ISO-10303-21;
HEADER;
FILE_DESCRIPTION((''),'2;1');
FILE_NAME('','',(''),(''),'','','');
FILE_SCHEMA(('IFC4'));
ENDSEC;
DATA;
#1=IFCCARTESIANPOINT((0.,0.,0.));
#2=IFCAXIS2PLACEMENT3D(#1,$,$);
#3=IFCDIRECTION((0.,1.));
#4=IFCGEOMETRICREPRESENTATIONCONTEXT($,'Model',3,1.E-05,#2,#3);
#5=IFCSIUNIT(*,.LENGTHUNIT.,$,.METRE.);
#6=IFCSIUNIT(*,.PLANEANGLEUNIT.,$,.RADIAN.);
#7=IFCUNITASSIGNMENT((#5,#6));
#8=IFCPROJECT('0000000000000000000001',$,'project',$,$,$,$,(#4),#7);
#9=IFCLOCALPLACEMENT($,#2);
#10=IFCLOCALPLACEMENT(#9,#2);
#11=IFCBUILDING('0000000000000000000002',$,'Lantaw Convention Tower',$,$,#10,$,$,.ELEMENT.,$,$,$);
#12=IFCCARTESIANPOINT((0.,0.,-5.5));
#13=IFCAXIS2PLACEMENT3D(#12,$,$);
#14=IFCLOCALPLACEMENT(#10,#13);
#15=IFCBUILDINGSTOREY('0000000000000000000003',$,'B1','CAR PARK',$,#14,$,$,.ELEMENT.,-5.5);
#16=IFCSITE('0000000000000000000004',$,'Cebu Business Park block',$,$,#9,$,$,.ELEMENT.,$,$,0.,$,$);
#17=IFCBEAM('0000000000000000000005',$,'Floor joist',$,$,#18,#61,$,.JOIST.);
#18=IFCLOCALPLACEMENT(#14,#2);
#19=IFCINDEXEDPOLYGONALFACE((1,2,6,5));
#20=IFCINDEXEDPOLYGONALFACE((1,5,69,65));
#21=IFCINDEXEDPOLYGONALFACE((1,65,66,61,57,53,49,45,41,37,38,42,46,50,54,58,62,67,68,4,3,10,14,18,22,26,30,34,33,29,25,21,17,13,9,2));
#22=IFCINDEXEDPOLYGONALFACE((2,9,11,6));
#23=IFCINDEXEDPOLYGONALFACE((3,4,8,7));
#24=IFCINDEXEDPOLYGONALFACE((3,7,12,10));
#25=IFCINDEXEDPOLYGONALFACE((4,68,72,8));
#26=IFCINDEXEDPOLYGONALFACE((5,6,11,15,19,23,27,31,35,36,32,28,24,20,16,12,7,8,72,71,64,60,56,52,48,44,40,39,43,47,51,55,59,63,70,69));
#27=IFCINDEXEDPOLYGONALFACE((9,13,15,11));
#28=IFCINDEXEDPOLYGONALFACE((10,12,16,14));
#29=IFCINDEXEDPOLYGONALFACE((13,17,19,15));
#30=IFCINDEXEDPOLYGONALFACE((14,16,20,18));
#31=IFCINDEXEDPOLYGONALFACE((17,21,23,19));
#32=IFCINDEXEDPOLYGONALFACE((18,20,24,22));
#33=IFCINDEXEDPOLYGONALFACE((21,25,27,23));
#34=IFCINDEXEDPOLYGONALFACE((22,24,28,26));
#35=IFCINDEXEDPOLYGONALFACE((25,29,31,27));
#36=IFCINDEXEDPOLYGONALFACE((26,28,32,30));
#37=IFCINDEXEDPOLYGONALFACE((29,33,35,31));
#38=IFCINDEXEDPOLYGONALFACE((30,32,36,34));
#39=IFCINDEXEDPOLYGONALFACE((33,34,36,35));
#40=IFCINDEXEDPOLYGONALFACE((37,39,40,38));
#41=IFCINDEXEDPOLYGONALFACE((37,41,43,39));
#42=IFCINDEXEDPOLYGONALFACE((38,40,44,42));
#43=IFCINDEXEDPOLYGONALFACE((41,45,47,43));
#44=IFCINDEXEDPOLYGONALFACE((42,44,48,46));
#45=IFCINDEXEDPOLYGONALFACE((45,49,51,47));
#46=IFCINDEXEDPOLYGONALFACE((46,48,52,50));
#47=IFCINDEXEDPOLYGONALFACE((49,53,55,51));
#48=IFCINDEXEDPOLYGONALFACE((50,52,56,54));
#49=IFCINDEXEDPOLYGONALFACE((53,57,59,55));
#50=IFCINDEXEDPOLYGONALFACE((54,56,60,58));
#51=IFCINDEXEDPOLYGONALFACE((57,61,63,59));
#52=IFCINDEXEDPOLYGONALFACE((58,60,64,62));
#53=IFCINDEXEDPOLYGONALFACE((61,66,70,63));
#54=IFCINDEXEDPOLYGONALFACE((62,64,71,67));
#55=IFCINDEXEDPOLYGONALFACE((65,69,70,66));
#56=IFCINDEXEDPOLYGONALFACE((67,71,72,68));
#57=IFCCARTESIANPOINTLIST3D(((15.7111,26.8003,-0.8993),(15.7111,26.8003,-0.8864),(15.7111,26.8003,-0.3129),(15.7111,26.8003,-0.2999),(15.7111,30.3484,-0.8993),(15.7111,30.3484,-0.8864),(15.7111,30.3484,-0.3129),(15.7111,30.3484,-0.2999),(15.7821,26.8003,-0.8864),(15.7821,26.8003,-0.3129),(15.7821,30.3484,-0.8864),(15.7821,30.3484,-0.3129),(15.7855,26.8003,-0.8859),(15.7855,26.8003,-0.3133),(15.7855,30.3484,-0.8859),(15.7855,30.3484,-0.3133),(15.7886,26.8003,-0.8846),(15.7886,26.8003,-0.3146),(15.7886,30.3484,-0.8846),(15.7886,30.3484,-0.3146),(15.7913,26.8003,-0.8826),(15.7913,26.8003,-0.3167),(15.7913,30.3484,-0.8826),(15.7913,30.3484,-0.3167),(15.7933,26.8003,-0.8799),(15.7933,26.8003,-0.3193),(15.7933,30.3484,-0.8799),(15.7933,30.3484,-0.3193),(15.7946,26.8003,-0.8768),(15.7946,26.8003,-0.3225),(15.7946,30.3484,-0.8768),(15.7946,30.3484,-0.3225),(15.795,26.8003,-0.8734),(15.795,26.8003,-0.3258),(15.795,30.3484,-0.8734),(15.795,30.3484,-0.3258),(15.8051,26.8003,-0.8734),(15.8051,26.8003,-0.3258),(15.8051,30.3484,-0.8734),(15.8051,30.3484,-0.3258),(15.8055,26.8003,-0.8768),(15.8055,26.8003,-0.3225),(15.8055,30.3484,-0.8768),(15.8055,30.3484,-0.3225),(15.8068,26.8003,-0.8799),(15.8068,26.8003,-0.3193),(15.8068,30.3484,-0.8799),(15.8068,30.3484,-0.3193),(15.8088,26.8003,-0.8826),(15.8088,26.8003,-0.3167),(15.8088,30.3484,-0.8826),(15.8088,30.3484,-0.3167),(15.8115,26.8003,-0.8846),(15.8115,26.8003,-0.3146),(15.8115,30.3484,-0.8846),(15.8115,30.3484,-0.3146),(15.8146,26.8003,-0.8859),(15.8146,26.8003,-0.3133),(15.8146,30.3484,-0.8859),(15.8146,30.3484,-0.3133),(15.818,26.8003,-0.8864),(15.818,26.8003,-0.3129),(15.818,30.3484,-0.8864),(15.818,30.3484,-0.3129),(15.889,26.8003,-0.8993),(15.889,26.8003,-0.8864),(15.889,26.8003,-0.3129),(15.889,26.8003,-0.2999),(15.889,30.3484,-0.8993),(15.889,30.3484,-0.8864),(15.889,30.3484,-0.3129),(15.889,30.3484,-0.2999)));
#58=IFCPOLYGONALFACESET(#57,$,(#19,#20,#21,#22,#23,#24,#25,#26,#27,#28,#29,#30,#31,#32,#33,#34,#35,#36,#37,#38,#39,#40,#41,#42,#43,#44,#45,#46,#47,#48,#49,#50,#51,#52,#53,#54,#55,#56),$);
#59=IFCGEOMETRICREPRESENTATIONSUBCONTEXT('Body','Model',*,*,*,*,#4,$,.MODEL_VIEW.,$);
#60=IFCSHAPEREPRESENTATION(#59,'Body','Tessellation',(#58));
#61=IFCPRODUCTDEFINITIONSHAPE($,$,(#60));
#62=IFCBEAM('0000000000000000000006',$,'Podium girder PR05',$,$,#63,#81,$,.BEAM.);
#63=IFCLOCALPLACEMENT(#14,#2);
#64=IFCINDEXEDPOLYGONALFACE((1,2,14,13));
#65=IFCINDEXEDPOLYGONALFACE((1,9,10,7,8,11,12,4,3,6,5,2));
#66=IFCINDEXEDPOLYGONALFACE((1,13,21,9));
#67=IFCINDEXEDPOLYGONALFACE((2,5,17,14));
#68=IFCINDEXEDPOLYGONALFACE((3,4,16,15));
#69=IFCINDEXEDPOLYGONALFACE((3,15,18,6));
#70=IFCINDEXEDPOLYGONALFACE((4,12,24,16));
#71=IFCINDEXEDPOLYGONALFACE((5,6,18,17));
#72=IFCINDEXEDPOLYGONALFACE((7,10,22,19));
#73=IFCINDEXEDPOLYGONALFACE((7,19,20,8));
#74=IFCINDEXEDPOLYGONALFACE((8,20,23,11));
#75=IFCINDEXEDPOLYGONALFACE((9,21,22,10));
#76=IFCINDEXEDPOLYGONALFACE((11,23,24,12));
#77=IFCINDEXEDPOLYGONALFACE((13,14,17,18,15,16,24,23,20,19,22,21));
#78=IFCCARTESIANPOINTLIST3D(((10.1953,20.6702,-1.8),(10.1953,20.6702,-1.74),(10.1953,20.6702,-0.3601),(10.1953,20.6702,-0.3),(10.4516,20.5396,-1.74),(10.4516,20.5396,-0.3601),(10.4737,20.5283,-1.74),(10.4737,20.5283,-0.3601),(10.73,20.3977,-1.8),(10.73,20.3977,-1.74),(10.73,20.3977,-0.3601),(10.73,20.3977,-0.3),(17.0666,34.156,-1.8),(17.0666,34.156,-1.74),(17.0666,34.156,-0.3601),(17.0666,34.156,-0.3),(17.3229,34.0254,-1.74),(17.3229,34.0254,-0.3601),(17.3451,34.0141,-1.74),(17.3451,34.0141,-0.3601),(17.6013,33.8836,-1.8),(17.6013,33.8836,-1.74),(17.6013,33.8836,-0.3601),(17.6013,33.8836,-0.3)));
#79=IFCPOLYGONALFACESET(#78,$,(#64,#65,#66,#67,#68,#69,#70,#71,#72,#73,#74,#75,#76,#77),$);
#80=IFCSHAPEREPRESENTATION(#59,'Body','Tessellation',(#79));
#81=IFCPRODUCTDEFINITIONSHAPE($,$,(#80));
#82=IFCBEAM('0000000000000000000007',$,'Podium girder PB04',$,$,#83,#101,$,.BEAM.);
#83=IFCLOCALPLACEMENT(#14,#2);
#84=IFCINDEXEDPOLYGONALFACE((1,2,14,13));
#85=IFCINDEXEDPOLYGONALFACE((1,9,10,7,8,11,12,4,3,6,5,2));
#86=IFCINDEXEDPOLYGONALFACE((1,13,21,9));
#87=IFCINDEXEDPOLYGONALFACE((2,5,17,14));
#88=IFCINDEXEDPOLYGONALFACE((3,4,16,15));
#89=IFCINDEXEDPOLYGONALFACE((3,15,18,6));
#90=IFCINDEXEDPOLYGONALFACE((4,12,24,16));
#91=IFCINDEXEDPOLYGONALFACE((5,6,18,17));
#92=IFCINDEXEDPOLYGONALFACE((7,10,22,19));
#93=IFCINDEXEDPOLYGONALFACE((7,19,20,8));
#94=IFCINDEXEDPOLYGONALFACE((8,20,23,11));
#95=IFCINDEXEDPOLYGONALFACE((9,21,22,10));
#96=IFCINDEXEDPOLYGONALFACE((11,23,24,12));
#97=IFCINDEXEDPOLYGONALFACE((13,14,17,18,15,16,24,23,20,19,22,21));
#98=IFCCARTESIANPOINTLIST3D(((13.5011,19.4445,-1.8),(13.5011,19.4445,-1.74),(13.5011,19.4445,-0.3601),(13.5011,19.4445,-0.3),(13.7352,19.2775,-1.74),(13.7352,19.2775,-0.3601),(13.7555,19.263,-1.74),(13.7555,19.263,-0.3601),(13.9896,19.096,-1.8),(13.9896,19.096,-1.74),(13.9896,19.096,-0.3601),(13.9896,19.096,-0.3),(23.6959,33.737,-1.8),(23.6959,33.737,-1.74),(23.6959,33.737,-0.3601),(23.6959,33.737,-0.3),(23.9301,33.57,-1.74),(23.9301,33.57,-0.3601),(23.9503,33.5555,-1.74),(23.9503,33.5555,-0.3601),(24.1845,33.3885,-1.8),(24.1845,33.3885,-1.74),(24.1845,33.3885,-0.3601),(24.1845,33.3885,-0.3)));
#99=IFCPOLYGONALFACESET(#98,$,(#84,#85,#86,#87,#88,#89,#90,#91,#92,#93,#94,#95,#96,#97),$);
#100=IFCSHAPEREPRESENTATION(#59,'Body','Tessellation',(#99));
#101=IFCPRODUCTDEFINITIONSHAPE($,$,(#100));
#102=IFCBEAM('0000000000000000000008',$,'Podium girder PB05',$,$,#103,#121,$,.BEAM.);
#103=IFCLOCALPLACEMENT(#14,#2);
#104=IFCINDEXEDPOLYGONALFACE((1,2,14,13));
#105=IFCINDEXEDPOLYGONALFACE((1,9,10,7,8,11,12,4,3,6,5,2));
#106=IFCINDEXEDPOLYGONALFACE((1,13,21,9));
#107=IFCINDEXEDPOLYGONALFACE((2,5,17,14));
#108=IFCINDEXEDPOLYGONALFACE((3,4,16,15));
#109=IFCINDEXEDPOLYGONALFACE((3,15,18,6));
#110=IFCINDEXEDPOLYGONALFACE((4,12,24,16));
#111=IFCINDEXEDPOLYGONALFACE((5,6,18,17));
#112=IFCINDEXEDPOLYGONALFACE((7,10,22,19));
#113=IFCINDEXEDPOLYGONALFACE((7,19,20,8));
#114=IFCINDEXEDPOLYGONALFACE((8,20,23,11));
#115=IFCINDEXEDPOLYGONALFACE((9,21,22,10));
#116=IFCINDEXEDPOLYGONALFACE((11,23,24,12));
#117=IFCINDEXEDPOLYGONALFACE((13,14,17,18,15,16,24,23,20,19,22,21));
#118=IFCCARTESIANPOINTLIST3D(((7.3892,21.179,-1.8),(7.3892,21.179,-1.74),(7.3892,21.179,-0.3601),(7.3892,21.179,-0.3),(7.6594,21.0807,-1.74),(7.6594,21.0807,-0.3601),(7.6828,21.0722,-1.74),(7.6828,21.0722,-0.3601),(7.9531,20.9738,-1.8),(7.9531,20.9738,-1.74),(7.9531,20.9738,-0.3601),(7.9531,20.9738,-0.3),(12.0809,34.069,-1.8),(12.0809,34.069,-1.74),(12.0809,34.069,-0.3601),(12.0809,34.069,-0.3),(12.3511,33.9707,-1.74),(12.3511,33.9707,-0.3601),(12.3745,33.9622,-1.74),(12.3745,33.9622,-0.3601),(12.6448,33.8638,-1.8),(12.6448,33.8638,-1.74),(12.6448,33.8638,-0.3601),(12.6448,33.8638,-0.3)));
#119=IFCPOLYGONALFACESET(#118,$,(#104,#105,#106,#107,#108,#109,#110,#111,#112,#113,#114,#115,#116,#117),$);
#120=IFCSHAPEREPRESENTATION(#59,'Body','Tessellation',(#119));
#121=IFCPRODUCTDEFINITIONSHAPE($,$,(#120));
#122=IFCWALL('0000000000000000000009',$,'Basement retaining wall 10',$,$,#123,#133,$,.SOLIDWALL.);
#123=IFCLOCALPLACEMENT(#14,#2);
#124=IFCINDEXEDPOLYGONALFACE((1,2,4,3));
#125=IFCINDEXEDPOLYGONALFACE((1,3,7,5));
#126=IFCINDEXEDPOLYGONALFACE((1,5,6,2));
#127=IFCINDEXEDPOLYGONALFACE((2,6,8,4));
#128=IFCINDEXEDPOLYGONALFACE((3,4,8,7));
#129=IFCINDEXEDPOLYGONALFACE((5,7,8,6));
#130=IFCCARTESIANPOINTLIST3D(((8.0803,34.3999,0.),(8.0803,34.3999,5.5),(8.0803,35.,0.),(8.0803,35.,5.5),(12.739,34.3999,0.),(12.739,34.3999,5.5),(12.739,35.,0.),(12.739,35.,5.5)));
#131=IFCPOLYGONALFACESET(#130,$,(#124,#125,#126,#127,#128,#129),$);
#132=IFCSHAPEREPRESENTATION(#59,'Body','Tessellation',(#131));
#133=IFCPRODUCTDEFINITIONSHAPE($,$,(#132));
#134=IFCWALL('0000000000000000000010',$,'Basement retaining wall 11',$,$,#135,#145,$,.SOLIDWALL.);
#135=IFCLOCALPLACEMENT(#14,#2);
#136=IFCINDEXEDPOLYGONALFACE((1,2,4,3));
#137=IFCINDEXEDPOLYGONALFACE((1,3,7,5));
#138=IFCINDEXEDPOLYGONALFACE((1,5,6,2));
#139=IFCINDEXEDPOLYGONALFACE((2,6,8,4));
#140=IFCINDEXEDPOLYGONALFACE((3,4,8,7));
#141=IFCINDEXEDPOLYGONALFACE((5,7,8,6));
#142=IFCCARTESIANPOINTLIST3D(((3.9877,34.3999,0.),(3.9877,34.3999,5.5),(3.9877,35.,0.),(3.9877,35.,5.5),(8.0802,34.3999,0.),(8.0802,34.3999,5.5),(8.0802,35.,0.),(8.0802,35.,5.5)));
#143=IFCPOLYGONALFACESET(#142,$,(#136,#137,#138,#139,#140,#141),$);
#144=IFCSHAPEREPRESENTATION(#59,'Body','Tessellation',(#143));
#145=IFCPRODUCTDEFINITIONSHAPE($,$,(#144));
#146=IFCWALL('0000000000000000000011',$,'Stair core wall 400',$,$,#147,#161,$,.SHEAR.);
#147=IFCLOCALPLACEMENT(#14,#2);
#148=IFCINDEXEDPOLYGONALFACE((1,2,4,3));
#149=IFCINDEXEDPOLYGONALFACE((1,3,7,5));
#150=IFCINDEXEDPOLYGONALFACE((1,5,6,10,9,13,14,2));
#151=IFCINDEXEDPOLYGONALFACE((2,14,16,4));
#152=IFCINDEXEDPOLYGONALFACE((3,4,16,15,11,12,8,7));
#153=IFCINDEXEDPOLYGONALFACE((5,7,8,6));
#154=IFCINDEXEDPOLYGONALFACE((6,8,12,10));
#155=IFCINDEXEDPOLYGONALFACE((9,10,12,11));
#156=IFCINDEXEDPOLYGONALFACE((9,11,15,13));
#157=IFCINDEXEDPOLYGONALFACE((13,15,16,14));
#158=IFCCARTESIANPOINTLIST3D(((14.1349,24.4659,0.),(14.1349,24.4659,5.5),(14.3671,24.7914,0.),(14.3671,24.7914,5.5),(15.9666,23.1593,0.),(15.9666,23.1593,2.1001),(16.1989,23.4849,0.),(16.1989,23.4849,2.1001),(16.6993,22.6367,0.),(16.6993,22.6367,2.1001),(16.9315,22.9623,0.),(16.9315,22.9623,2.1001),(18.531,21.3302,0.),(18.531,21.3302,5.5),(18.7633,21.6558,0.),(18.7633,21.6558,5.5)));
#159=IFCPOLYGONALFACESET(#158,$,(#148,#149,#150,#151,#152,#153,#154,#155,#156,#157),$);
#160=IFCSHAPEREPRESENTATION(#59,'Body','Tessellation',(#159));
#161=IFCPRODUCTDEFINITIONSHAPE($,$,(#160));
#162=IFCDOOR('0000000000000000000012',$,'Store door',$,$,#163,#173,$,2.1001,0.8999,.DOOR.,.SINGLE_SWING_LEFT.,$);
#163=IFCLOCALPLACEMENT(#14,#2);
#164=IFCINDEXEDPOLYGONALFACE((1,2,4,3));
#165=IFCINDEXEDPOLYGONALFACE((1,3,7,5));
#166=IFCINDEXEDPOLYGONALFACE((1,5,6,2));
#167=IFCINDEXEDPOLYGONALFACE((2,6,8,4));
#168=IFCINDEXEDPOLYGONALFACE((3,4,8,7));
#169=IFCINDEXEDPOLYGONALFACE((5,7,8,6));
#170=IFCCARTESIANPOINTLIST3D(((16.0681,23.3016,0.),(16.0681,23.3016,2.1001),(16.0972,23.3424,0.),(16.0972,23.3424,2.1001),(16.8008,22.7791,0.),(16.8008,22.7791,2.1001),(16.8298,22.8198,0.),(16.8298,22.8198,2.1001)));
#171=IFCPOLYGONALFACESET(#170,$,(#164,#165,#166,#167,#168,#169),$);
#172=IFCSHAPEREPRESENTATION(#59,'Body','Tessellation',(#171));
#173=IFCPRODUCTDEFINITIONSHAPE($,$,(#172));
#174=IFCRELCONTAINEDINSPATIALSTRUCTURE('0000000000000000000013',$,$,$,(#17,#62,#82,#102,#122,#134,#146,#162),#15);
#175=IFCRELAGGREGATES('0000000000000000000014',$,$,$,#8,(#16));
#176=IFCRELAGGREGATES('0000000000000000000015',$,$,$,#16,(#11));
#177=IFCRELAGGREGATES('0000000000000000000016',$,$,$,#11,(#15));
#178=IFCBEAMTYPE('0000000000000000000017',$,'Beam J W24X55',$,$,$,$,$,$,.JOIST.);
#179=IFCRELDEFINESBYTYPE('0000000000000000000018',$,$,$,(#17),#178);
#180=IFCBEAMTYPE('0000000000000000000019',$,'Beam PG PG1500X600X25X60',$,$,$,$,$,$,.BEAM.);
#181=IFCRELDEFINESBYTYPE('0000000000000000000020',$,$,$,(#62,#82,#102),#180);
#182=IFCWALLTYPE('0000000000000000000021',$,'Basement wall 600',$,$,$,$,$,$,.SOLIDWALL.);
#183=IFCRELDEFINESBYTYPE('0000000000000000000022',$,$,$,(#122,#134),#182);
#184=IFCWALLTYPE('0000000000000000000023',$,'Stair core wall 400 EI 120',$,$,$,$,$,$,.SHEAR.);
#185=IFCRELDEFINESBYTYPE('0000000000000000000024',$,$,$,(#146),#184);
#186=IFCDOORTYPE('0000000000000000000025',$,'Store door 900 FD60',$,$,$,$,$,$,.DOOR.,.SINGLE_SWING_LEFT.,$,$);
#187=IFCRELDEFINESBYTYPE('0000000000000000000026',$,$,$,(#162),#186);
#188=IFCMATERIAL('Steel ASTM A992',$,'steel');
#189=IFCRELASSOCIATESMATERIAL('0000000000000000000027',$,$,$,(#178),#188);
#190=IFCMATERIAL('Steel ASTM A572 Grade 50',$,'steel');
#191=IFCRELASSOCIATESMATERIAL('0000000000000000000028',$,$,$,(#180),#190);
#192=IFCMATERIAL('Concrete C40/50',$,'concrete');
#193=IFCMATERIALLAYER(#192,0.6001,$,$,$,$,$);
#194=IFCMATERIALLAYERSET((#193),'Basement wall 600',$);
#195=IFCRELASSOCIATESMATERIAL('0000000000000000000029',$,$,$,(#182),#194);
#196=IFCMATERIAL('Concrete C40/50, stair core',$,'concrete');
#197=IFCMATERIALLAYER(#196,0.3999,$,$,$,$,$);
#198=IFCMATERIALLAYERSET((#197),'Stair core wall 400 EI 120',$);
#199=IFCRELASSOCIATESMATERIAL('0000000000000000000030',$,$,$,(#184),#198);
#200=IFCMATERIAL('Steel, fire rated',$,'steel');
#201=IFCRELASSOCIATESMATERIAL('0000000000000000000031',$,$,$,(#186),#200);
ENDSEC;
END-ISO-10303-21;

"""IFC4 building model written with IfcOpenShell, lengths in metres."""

from ifc_helpers import new_model, si_unit, direction, frame, frame_2d, origin, origin_2d, place, context, subcontext, project, spatial, rectangle, i_section, extrude, material, layer, layer_set, material_profile, profile_set, type_object, element, fill, save


model = new_model("IFC4")

# Units and contexts
model_context = context("Model", 3, precision=1e-05, world=origin(), true_north=direction((0.0, 1.0)))
body_context = subcontext(model_context, "Body", "Model", "MODEL_VIEW")
ifc_project = project(units=[si_unit("LENGTHUNIT", "METRE"), si_unit("PLANEANGLEUNIT", "RADIAN")], contexts=[model_context])

# Site, building, storey
site_placement = place(None, origin())
site = spatial("IfcSite", under=ifc_project, at=site_placement, Name="Cebu Business Park block", CompositionType="ELEMENT", RefElevation=0.0)
building_placement = place(site_placement, origin())
building = spatial("IfcBuilding", under=site, at=building_placement, Name="Lantaw Convention Tower", CompositionType="ELEMENT")
storey_placement = place(building_placement, frame((0.0, 0.0, -5.5)))
storey = spatial("IfcBuildingStorey", under=building, at=storey_placement, Name="B1", Description="CAR PARK", CompositionType="ELEMENT", Elevation=-5.5)

# Shared definitions
ifc_material_1 = material(Name="Steel ASTM A572 Grade 50", Category="steel")

# Beams
ifc_material_2 = material(Name="Steel ASTM A992", Category="steel")
ifc_material_profile_1 = material_profile(ifc_material_2, i_section(OverallWidth=0.178, OverallDepth=0.5994, WebThickness=0.01, FlangeThickness=0.0129, FilletRadius=0.0129, at=origin_2d()), Name="W24X55")
ifc_profile_set_1 = profile_set([ifc_material_profile_1], Name="Steel ASTM A992")
beam_type_1 = type_object("IfcBeamType", Name="Beam J W24X55", PredefinedType="JOIST", material=ifc_profile_set_1)
beam_1_placement = place(storey_placement, frame((15.8, 26.8003, -0.5996), z_axis=(0.0, 1.0, 0.0), x_axis=(-1.0, 0.0, 0.0)))
element("IfcBeam", 1, at=beam_1_placement, inside=storey, type_object=beam_type_1, Name="Floor joist", PredefinedType="JOIST", context=body_context, shape_type="SweptSolid", body=[
    extrude(i_section(OverallWidth=0.178, OverallDepth=0.5994, WebThickness=0.01, FlangeThickness=0.0129, FilletRadius=0.0129, at=origin_2d()), origin(), (0.0, 0.0, 1.0), 3.5481),
])
ifc_material_profile_2 = material_profile(ifc_material_1, i_section(OverallWidth=0.6001, OverallDepth=1.5, WebThickness=0.0249, FlangeThickness=0.0601, at=origin_2d()), Name="PG1500X600X25X60")
ifc_profile_set_2 = profile_set([ifc_material_profile_2], Name="Steel ASTM A572 Grade 50")
beam_type_2 = type_object("IfcBeamType", Name="Beam PG PG1500X600X25X60", PredefinedType="BEAM", material=ifc_profile_set_2)
beam_2_placement = place(storey_placement, frame((10.4626, 20.5339, -1.05), z_axis=(0.453988, 0.891008, 0.0), x_axis=(-0.891008, 0.453988, 0.0)))
element("IfcBeam", 2, at=beam_2_placement, inside=storey, type_object=beam_type_2, Name="Podium girder PR05", PredefinedType="BEAM", context=body_context, shape_type="SweptSolid", body=[
    extrude(i_section(OverallWidth=0.6001, OverallDepth=1.5, WebThickness=0.0249, FlangeThickness=0.0601, at=origin_2d()), origin(), (0.0, 0.0, 1.0), 15.1355),
])
beam_3_placement = place(storey_placement, frame((13.7454, 19.2703, -1.05), z_axis=(0.580707, 0.814113, 0.0), x_axis=(-0.814113, 0.580707, 0.0)))
element("IfcBeam", 3, at=beam_3_placement, inside=storey, type_object=beam_type_2, Name="Podium girder PB04", PredefinedType="BEAM", context=body_context, shape_type="SweptSolid", body=[
    extrude(i_section(OverallWidth=0.6001, OverallDepth=1.5, WebThickness=0.0249, FlangeThickness=0.0601, at=origin_2d()), origin(), (0.0, 0.0, 1.0), 17.5559),
])
beam_4_placement = place(storey_placement, frame((7.6711, 21.0764, -1.05), z_axis=(0.342027, 0.93969, 0.0), x_axis=(-0.93969, 0.342027, 0.0)))
element("IfcBeam", 4, at=beam_4_placement, inside=storey, type_object=beam_type_2, Name="Podium girder PB05", PredefinedType="BEAM", context=body_context, shape_type="SweptSolid", body=[
    extrude(i_section(OverallWidth=0.6001, OverallDepth=1.5, WebThickness=0.0249, FlangeThickness=0.0601, at=origin_2d()), origin(), (0.0, 0.0, 1.0), 13.7173),
])

# Walls
ifc_material_3 = material(Name="Concrete C40/50", Category="concrete")
ifc_layer_1 = layer(ifc_material_3, 0.6001)
ifc_layer_set_1 = layer_set([ifc_layer_1], Name="Basement wall 600")
wall_type_1 = type_object("IfcWallType", Name="Basement wall 600", PredefinedType="SOLIDWALL", material=ifc_layer_set_1)
wall_1_placement = place(storey_placement, frame((12.739, 34.7, 0.0), z_axis=(0.0, 0.0, 1.0), x_axis=(-1.0, 0.0, 0.0)))
element("IfcWall", 5, at=wall_1_placement, inside=storey, type_object=wall_type_1, Name="Basement retaining wall 10", PredefinedType="SOLIDWALL", context=body_context, shape_type="SweptSolid", body=[
    extrude(rectangle(XDim=4.6587, YDim=0.6001, at=frame_2d((2.3293, 0.0))), origin(), (0.0, 0.0, 1.0), 5.5),
])
wall_2_placement = place(storey_placement, frame((8.0803, 34.7, 0.0), z_axis=(0.0, 0.0, 1.0), x_axis=(-1.0, 0.0, 0.0)))
element("IfcWall", 6, at=wall_2_placement, inside=storey, type_object=wall_type_1, Name="Basement retaining wall 11", PredefinedType="SOLIDWALL", context=body_context, shape_type="SweptSolid", body=[
    extrude(rectangle(XDim=4.0925, YDim=0.6001, at=frame_2d((2.0464, 0.0))), origin(), (0.0, 0.0, 1.0), 5.5),
])

# Wall, opening, door
ifc_material_4 = material(Name="Concrete C40/50, stair core", Category="concrete")
ifc_layer_2 = layer(ifc_material_4, 0.3999)
ifc_layer_set_2 = layer_set([ifc_layer_2], Name="Stair core wall 400 EI 120")
wall_type_2 = type_object("IfcWallType", Name="Stair core wall 400 EI 120", PredefinedType="SHEAR", material=ifc_layer_set_2)
wall_3_placement = place(storey_placement, frame((14.251, 24.6287, 0.0), z_axis=(0.0, 0.0, 1.0), x_axis=(0.814121, -0.580695, 0.0)))
wall_3 = element("IfcWall", 7, at=wall_3_placement, inside=storey, type_object=wall_type_2, Name="Stair core wall 400", PredefinedType="SHEAR", context=body_context, shape_type="SweptSolid", body=[
    extrude(rectangle(XDim=5.3999, YDim=0.3999, at=frame_2d((2.7, 0.0))), origin(), (0.0, 0.0, 1.0), 5.5),
])
opening_1_placement = place(wall_3_placement, frame((2.25, 0.0, 0.0)))
opening_1 = element("IfcOpeningElement", 8, at=opening_1_placement, cuts=wall_3, PredefinedType="OPENING", context=body_context, shape_type="SweptSolid", body=[
    extrude(rectangle(XDim=0.8999, YDim=2.1001, at=frame_2d((0.45, 1.05))), frame((0.0, 0.21, 0.0), z_axis=(0.0, -1.0, 0.0), x_axis=(1.0, 0.0, 0.0)), (0.0, 0.0, 1.0), 0.4199),
])
ifc_material_5 = material(Name="Steel, fire rated", Category="steel")
door_type = type_object("IfcDoorType", Name="Store door 900 FD60", OperationType="SINGLE_SWING_LEFT", PredefinedType="DOOR", material=ifc_material_5)
door_1_placement = place(opening_1_placement, origin())
door_1 = element("IfcDoor", 9, at=door_1_placement, inside=storey, type_object=door_type, Name="Store door", OperationType="SINGLE_SWING_LEFT", OverallHeight=2.1001, OverallWidth=0.8999, PredefinedType="DOOR", context=body_context, shape_type="SweptSolid", body=[
    extrude(rectangle(XDim=0.8999, YDim=2.1001, at=frame_2d((0.45, 1.05))), frame((0.0, 0.0249, 0.0), z_axis=(0.0, -1.0, 0.0), x_axis=(1.0, 0.0, 0.0)), (0.0, 0.0, 1.0), 0.05),
])
fill(opening_1, door_1)

save(model, "model.ifc")
